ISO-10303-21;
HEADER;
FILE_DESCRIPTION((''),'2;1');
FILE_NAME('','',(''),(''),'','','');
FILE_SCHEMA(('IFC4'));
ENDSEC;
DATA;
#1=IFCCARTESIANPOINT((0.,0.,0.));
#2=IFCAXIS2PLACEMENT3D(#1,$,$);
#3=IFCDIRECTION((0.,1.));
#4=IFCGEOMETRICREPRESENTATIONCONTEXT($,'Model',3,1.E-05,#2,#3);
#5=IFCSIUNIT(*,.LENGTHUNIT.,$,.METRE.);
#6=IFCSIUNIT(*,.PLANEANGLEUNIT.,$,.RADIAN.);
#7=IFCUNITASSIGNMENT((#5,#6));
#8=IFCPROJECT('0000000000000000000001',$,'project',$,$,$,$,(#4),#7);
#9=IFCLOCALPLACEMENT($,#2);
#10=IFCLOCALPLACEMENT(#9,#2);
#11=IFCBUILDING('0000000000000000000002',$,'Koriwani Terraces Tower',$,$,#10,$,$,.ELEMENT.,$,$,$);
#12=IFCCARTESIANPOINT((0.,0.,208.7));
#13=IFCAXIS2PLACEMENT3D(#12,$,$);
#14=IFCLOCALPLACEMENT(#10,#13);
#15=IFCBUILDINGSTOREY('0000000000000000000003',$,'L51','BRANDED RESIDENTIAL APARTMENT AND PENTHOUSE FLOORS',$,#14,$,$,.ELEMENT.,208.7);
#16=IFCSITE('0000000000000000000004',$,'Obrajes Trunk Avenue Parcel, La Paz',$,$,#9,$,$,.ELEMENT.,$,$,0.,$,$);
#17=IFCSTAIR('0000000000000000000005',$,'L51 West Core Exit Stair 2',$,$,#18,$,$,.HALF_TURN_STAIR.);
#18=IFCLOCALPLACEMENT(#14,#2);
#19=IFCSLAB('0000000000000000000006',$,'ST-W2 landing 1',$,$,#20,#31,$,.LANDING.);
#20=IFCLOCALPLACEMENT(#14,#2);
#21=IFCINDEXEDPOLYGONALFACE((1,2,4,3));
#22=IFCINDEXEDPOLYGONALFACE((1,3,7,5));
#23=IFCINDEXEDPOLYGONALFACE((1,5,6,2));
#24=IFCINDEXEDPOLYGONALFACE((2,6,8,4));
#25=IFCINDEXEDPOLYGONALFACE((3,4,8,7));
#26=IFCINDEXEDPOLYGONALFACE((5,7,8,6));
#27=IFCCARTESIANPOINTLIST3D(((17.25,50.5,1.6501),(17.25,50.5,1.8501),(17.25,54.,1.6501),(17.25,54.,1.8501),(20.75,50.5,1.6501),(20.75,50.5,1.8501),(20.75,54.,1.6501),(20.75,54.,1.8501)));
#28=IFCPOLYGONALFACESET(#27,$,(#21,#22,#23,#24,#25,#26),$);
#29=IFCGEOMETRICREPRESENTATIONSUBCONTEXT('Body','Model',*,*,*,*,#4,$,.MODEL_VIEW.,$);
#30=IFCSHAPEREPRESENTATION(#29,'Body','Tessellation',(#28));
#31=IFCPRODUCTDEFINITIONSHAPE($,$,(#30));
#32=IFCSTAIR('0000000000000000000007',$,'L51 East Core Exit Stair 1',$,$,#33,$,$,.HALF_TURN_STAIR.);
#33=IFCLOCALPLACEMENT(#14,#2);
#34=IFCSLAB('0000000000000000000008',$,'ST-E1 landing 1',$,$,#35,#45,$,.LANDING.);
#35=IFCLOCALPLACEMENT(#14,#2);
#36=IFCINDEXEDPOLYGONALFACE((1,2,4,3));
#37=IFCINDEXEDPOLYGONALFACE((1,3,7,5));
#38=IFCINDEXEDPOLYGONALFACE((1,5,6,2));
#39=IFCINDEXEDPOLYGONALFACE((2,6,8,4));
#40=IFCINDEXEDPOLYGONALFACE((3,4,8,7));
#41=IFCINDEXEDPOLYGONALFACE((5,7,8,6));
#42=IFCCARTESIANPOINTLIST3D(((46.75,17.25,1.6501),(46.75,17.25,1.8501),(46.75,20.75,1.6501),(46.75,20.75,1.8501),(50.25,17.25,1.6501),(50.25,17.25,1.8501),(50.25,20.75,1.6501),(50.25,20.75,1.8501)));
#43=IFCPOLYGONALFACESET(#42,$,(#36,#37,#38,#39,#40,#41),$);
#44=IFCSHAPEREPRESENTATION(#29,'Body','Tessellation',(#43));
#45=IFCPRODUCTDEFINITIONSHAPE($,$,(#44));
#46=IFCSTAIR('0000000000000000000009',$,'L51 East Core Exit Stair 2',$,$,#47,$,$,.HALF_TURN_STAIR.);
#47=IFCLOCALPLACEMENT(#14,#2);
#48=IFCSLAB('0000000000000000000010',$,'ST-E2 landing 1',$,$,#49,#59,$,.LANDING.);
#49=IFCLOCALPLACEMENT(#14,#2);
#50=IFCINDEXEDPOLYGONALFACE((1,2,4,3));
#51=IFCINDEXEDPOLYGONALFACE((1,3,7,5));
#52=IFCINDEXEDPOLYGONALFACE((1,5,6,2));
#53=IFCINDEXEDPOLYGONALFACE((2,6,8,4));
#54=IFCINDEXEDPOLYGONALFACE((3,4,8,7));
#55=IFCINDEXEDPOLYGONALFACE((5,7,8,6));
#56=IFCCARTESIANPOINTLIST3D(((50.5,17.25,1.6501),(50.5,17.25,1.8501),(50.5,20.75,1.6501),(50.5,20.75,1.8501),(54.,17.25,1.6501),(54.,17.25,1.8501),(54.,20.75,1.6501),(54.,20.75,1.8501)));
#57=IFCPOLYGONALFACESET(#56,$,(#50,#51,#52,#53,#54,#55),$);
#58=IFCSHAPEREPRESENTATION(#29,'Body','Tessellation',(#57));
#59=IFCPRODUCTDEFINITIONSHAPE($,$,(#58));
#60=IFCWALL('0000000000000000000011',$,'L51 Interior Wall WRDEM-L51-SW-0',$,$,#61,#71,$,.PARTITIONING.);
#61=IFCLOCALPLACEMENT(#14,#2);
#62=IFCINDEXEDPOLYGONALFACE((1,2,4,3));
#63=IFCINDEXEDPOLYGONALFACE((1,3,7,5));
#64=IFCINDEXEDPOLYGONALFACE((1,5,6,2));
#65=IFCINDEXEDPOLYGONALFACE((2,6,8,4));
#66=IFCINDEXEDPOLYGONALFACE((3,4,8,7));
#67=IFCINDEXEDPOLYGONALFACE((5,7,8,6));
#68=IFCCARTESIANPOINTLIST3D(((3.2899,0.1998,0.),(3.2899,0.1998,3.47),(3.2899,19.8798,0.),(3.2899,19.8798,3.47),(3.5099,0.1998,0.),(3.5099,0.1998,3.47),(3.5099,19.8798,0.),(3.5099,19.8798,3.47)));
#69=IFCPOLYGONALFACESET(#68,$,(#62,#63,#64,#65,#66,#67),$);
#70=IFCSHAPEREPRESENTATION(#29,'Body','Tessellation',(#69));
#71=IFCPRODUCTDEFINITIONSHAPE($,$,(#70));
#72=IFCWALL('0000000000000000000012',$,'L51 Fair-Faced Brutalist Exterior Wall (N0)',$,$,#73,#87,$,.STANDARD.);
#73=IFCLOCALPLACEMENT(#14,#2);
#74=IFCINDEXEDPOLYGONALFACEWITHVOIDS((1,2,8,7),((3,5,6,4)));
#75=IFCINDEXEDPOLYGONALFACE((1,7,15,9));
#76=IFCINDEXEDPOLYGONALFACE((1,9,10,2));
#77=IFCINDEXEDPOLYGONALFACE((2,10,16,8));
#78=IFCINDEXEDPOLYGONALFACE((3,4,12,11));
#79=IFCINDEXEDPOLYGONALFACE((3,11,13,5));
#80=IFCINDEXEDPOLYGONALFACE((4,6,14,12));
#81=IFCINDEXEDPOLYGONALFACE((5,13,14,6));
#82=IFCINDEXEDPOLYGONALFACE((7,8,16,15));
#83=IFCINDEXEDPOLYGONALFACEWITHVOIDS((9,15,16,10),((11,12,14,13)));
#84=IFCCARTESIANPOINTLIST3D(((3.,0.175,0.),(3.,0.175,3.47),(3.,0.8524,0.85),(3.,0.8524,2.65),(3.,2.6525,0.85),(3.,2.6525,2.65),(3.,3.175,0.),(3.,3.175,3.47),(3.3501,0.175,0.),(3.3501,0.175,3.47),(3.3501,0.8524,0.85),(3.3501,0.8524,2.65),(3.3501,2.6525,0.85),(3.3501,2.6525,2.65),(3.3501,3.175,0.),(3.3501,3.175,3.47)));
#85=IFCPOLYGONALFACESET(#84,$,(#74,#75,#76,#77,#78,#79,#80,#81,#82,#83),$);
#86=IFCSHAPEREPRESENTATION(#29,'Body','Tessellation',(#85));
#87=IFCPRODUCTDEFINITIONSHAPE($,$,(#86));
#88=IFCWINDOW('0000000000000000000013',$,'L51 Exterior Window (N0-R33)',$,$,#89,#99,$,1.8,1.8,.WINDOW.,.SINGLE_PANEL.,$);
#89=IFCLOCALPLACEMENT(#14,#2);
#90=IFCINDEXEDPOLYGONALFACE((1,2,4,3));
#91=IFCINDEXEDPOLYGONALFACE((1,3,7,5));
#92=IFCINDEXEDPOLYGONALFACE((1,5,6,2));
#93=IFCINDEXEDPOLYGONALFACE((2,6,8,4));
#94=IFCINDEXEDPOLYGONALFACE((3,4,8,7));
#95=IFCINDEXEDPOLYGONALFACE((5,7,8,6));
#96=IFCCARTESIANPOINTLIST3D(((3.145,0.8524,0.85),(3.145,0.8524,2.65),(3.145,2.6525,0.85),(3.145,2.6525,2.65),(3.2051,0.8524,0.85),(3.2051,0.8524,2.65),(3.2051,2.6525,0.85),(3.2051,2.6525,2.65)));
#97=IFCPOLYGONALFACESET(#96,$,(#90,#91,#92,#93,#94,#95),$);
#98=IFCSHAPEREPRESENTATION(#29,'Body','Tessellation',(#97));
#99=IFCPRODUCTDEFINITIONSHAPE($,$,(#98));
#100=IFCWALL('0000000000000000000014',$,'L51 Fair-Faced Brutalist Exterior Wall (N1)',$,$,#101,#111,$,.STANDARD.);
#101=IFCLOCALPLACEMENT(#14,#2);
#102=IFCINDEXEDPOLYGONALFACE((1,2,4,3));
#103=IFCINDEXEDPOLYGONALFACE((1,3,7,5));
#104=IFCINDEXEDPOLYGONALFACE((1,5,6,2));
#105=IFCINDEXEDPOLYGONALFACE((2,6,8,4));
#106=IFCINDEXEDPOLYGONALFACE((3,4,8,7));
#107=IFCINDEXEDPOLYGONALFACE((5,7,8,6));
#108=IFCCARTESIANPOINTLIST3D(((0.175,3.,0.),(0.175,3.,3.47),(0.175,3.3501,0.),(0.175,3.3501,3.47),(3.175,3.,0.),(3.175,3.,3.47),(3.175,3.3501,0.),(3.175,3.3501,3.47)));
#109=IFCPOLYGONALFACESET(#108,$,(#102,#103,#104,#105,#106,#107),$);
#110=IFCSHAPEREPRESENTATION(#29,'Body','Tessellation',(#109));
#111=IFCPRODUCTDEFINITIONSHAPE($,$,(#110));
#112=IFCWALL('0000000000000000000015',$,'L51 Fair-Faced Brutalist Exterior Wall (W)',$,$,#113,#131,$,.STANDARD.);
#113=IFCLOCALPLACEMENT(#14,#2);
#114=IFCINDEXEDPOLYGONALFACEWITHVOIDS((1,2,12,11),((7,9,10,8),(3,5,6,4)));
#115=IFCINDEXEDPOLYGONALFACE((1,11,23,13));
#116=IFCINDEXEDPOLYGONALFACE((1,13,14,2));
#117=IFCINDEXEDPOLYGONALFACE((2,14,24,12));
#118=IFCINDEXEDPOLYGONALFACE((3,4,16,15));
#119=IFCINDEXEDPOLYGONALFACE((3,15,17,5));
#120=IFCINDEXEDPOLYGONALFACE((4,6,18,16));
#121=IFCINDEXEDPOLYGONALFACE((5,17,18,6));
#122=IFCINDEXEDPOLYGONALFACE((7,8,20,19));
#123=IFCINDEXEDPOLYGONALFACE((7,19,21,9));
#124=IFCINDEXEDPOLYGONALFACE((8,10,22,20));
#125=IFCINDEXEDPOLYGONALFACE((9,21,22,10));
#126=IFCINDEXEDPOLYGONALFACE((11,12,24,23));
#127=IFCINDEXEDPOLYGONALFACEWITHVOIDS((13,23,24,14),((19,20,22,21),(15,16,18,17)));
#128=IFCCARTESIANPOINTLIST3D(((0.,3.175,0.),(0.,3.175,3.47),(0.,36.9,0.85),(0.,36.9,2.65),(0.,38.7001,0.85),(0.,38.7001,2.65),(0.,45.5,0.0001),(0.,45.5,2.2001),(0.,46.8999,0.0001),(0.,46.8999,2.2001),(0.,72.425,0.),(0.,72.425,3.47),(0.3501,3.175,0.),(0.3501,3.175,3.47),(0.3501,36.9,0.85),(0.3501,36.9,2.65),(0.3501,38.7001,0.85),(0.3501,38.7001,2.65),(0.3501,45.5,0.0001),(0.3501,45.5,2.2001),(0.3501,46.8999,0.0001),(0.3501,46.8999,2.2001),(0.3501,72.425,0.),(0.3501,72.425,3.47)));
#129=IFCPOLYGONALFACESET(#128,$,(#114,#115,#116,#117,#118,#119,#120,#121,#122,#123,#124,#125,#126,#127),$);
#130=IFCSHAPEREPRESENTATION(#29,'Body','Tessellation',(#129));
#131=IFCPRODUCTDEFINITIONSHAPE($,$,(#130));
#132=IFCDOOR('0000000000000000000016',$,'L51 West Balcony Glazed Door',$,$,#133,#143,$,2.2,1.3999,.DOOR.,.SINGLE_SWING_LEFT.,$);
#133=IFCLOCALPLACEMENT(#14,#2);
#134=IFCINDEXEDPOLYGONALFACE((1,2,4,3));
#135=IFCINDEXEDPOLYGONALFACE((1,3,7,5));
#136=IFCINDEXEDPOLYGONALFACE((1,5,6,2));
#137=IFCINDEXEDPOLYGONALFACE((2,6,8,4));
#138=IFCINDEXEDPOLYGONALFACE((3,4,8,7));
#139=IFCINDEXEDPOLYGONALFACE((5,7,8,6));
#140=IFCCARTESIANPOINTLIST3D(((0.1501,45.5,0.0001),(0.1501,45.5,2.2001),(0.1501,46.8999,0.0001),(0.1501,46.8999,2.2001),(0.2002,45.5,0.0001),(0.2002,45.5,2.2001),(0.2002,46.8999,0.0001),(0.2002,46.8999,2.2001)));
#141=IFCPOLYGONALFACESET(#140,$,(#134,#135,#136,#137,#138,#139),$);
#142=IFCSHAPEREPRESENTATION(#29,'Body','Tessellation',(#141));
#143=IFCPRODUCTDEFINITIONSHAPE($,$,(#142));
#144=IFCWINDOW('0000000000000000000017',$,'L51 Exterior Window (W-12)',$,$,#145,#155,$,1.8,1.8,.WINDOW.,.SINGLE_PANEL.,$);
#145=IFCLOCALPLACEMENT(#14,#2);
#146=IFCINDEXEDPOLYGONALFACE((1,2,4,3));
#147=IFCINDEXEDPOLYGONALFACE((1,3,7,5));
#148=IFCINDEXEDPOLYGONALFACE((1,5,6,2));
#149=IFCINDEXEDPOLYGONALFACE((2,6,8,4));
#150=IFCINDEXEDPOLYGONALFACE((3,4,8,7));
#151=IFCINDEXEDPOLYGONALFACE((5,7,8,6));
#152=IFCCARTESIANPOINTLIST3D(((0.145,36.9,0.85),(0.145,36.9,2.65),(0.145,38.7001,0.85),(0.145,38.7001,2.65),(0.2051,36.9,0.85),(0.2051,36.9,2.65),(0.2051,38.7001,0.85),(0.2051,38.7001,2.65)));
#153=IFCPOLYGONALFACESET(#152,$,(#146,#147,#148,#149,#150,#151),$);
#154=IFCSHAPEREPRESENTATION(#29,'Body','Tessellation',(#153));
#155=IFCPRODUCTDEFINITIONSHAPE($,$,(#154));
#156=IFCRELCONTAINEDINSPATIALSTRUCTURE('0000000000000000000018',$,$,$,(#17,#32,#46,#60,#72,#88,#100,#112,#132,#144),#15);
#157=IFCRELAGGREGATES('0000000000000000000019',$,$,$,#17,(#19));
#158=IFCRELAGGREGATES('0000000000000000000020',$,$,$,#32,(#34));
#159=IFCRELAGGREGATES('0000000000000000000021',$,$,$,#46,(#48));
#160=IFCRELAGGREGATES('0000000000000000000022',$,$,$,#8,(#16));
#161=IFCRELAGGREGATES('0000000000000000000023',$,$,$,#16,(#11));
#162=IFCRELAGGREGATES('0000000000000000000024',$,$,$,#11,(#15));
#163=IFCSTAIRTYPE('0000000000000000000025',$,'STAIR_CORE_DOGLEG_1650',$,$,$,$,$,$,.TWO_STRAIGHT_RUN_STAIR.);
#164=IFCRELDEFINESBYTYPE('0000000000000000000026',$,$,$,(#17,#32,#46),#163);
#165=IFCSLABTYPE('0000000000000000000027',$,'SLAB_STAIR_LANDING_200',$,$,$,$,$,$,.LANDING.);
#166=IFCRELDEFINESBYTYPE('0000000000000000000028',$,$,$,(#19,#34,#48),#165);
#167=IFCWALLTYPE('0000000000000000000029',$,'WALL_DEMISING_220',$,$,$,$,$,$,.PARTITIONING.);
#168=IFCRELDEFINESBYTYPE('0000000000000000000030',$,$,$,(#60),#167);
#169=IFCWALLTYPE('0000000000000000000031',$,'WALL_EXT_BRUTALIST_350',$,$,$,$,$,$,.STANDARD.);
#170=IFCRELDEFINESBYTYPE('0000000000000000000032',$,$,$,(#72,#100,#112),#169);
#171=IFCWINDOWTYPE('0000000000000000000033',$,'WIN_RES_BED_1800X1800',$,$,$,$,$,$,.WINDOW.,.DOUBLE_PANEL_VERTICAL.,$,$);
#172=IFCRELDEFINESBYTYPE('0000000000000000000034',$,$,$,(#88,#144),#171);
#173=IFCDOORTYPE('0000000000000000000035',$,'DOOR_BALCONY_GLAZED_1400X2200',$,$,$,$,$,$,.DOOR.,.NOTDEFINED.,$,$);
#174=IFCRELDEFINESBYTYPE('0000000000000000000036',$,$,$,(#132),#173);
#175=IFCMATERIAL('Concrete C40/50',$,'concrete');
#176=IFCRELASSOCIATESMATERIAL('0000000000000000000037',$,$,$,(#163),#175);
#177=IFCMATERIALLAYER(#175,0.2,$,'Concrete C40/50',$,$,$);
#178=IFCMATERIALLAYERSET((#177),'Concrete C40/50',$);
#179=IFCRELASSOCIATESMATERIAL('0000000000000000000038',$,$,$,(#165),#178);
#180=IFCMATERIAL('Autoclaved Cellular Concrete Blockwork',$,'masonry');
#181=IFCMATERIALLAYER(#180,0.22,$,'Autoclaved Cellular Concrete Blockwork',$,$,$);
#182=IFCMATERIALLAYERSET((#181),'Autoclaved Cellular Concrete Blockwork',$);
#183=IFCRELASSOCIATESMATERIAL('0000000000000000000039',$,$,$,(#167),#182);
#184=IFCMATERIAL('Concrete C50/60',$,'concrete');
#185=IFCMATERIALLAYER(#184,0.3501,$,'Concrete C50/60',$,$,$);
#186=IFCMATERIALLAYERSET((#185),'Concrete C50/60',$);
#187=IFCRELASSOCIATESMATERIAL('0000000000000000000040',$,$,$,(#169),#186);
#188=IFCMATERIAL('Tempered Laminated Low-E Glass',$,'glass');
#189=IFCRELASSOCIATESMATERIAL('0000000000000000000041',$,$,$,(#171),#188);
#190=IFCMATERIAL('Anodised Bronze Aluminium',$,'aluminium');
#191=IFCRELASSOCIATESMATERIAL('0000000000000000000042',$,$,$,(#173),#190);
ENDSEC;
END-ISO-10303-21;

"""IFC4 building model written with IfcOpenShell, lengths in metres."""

from ifc_helpers import new_model, si_unit, direction, frame, frame_2d, origin, place, context, subcontext, project, spatial, polyline, rectangle, outline, extrude, material, layer, layer_set, type_object, element, fill, aggregate, save


model = new_model("IFC4")

# Units and contexts
model_context = context("Model", 3, precision=1e-05, world=origin(), true_north=direction((0.0, 1.0)))
body_context = subcontext(model_context, "Body", "Model", "MODEL_VIEW")
ifc_project = project(units=[si_unit("LENGTHUNIT", "METRE"), si_unit("PLANEANGLEUNIT", "RADIAN")], contexts=[model_context])

# Site, building, storey
site_placement = place(None, origin())
site = spatial("IfcSite", under=ifc_project, at=site_placement, Name="Obrajes Trunk Avenue Parcel, La Paz", CompositionType="ELEMENT", RefElevation=0.0)
building_placement = place(site_placement, origin())
building = spatial("IfcBuilding", under=site, at=building_placement, Name="Koriwani Terraces Tower", CompositionType="ELEMENT")
storey_placement = place(building_placement, frame((0.0, 0.0, 208.7)))
storey = spatial("IfcBuildingStorey", under=building, at=storey_placement, Name="L51", Description="BRANDED RESIDENTIAL APARTMENT AND PENTHOUSE FLOORS", CompositionType="ELEMENT", Elevation=208.7)

# Shared definitions
ifc_material_1 = material(Name="Concrete C50/60", Category="concrete")

# Shared definitions
ifc_material_2 = material(Name="Concrete C40/50", Category="concrete")

# Stairs, slabs
stair_type = type_object("IfcStairType", Name="STAIR_CORE_DOGLEG_1650", PredefinedType="TWO_STRAIGHT_RUN_STAIR", material=ifc_material_2)
ifc_layer_1 = layer(ifc_material_2, 0.2, Name="Concrete C40/50")
ifc_layer_set_1 = layer_set([ifc_layer_1], Name="Concrete C40/50")
slab_type_1 = type_object("IfcSlabType", Name="SLAB_STAIR_LANDING_200", PredefinedType="LANDING", material=ifc_layer_set_1)
stair_1_placement = place(storey_placement, origin())
stair_1 = element("IfcStair", 1, at=stair_1_placement, inside=storey, type_object=stair_type, Name="L51 West Core Exit Stair 2", PredefinedType="HALF_TURN_STAIR")
slab_1_placement = place(storey_placement, frame((0.0, 0.0, 1.6501)))
slab_1 = element("IfcSlab", 2, at=slab_1_placement, type_object=slab_type_1, Name="ST-W2 landing 1", PredefinedType="LANDING", context=body_context, shape_type="SweptSolid", body=[
    extrude(outline(polyline([(17.25, 54.0), (17.25, 50.5), (20.75, 50.5), (20.75, 54.0), (17.25, 54.0)])), origin(), (0.0, 0.0, 1.0), 0.2),
])
aggregate(stair_1, [slab_1])
stair_2_placement = place(storey_placement, origin())
stair_2 = element("IfcStair", 3, at=stair_2_placement, inside=storey, type_object=stair_type, Name="L51 East Core Exit Stair 1", PredefinedType="HALF_TURN_STAIR")
slab_2_placement = place(storey_placement, frame((0.0, 0.0, 1.6501)))
slab_2 = element("IfcSlab", 4, at=slab_2_placement, type_object=slab_type_1, Name="ST-E1 landing 1", PredefinedType="LANDING", context=body_context, shape_type="SweptSolid", body=[
    extrude(outline(polyline([(46.75, 17.25), (50.25, 17.25), (50.25, 20.75), (46.75, 20.75), (46.75, 17.25)])), origin(), (0.0, 0.0, 1.0), 0.2),
])
aggregate(stair_2, [slab_2])
stair_3_placement = place(storey_placement, origin())
stair_3 = element("IfcStair", 5, at=stair_3_placement, inside=storey, type_object=stair_type, Name="L51 East Core Exit Stair 2", PredefinedType="HALF_TURN_STAIR")
slab_3_placement = place(storey_placement, frame((0.0, 0.0, 1.6501)))
slab_3 = element("IfcSlab", 6, at=slab_3_placement, type_object=slab_type_1, Name="ST-E2 landing 1", PredefinedType="LANDING", context=body_context, shape_type="SweptSolid", body=[
    extrude(outline(polyline([(54.0, 20.75), (50.5, 20.75), (50.5, 17.25), (54.0, 17.25), (54.0, 20.75)])), origin(), (0.0, 0.0, 1.0), 0.2),
])
aggregate(stair_3, [slab_3])

# Wall
ifc_material_3 = material(Name="Autoclaved Cellular Concrete Blockwork", Category="masonry")
ifc_layer_2 = layer(ifc_material_3, 0.22, Name="Autoclaved Cellular Concrete Blockwork")
ifc_layer_set_2 = layer_set([ifc_layer_2], Name="Autoclaved Cellular Concrete Blockwork")
wall_type_1 = type_object("IfcWallType", Name="WALL_DEMISING_220", PredefinedType="PARTITIONING", material=ifc_layer_set_2)
wall_1_placement = place(storey_placement, frame((3.3999, 0.2, 0.0), z_axis=(0.0, 0.0, 1.0), x_axis=(0.0, 1.0, 0.0)))
element("IfcWall", 7, at=wall_1_placement, inside=storey, type_object=wall_type_1, Name="L51 Interior Wall WRDEM-L51-SW-0", PredefinedType="PARTITIONING", context=body_context, shape_type="SweptSolid", body=[
    extrude(rectangle(XDim=19.6799, YDim=0.22, at=frame_2d((9.8398, 0.0))), origin(), (0.0, 0.0, 1.0), 3.47),
])

# Wall, opening, window
ifc_layer_3 = layer(ifc_material_1, 0.3501, Name="Concrete C50/60")
ifc_layer_set_3 = layer_set([ifc_layer_3], Name="Concrete C50/60")
wall_type_2 = type_object("IfcWallType", Name="WALL_EXT_BRUTALIST_350", PredefinedType="STANDARD", material=ifc_layer_set_3)
wall_2_placement = place(storey_placement, frame((3.175, 0.175, 0.0), z_axis=(0.0, 0.0, 1.0), x_axis=(0.0, 1.0, 0.0)))
wall_2 = element("IfcWall", 8, at=wall_2_placement, inside=storey, type_object=wall_type_2, Name="L51 Fair-Faced Brutalist Exterior Wall (N0)", PredefinedType="STANDARD", context=body_context, shape_type="SweptSolid", body=[
    extrude(rectangle(XDim=3.0, YDim=0.3501, at=frame_2d((1.5, 0.0))), origin(), (0.0, 0.0, 1.0), 3.47),
])
opening_1_placement = place(wall_2_placement, frame((0.6775, 0.0, 0.8501)))
opening_1 = element("IfcOpeningElement", 9, at=opening_1_placement, cuts=wall_2, PredefinedType="OPENING", context=body_context, shape_type="SweptSolid", body=[
    extrude(rectangle(XDim=1.8, YDim=1.8, at=frame_2d((0.8999, 0.8999))), frame((0.0, 0.1851, 0.0), z_axis=(0.0, -1.0, 0.0), x_axis=(1.0, 0.0, 0.0)), (0.0, 0.0, 1.0), 0.3701),
])
ifc_material_4 = material(Name="Tempered Laminated Low-E Glass", Category="glass")
window_type = type_object("IfcWindowType", Name="WIN_RES_BED_1800X1800", PartitioningType="DOUBLE_PANEL_VERTICAL", PredefinedType="WINDOW", material=ifc_material_4)
window_1_placement = place(opening_1_placement, origin())
window_1 = element("IfcWindow", 10, at=window_1_placement, inside=storey, type_object=window_type, Name="L51 Exterior Window (N0-R33)", OverallHeight=1.8, OverallWidth=1.8, PartitioningType="SINGLE_PANEL", PredefinedType="WINDOW", context=body_context, shape_type="SweptSolid", body=[
    extrude(rectangle(XDim=1.8, YDim=1.8, at=frame_2d((0.8999, 0.8999))), frame((0.0, 0.03, 0.0), z_axis=(0.0, -1.0, 0.0), x_axis=(1.0, 0.0, 0.0)), (0.0, 0.0, 1.0), 0.0601),
])
fill(opening_1, window_1)

# Wall
wall_3_placement = place(storey_placement, frame((3.175, 3.175, 0.0), z_axis=(0.0, 0.0, 1.0), x_axis=(-1.0, 0.0, 0.0)))
element("IfcWall", 11, at=wall_3_placement, inside=storey, type_object=wall_type_2, Name="L51 Fair-Faced Brutalist Exterior Wall (N1)", PredefinedType="STANDARD", context=body_context, shape_type="SweptSolid", body=[
    extrude(rectangle(XDim=3.0, YDim=0.3501, at=frame_2d((1.5, 0.0))), origin(), (0.0, 0.0, 1.0), 3.47),
])

# Wall, openings, door, window
wall_4_placement = place(storey_placement, frame((0.175, 3.175, 0.0), z_axis=(0.0, 0.0, 1.0), x_axis=(0.0, 1.0, 0.0)))
wall_4 = element("IfcWall", 12, at=wall_4_placement, inside=storey, type_object=wall_type_2, Name="L51 Fair-Faced Brutalist Exterior Wall (W)", PredefinedType="STANDARD", context=body_context, shape_type="SweptSolid", body=[
    extrude(rectangle(XDim=69.25, YDim=0.3501, at=frame_2d((34.625, 0.0))), origin(), (0.0, 0.0, 1.0), 3.47),
])
opening_2_placement = place(wall_4_placement, frame((42.325, 0.0, 0.0)))
opening_2 = element("IfcOpeningElement", 13, at=opening_2_placement, cuts=wall_4, PredefinedType="OPENING", context=body_context, shape_type="SweptSolid", body=[
    extrude(rectangle(XDim=1.3999, YDim=2.2, at=frame_2d((0.7, 1.1001))), frame((0.0, 0.1851, 0.0), z_axis=(0.0, -1.0, 0.0), x_axis=(1.0, 0.0, 0.0)), (0.0, 0.0, 1.0), 0.3701),
])
opening_3_placement = place(wall_4_placement, frame((33.7251, 0.0, 0.8501)))
opening_3 = element("IfcOpeningElement", 14, at=opening_3_placement, cuts=wall_4, PredefinedType="OPENING", context=body_context, shape_type="SweptSolid", body=[
    extrude(rectangle(XDim=1.8, YDim=1.8, at=frame_2d((0.8999, 0.8999))), frame((0.0, 0.1851, 0.0), z_axis=(0.0, -1.0, 0.0), x_axis=(1.0, 0.0, 0.0)), (0.0, 0.0, 1.0), 0.3701),
])
ifc_material_5 = material(Name="Anodised Bronze Aluminium", Category="aluminium")
door_type_1 = type_object("IfcDoorType", Name="DOOR_BALCONY_GLAZED_1400X2200", OperationType="NOTDEFINED", PredefinedType="DOOR", material=ifc_material_5)
door_1_placement = place(opening_2_placement, origin())
door_1 = element("IfcDoor", 15, at=door_1_placement, inside=storey, type_object=door_type_1, Name="L51 West Balcony Glazed Door", OperationType="SINGLE_SWING_LEFT", OverallHeight=2.2, OverallWidth=1.3999, PredefinedType="DOOR", context=body_context, shape_type="SweptSolid", body=[
    extrude(rectangle(XDim=1.3999, YDim=2.2, at=frame_2d((0.7, 1.1001))), frame((0.0, 0.0249, 0.0), z_axis=(0.0, -1.0, 0.0), x_axis=(1.0, 0.0, 0.0)), (0.0, 0.0, 1.0), 0.05),
])
fill(opening_2, door_1)
window_2_placement = place(opening_3_placement, origin())
window_2 = element("IfcWindow", 16, at=window_2_placement, inside=storey, type_object=window_type, Name="L51 Exterior Window (W-12)", OverallHeight=1.8, OverallWidth=1.8, PartitioningType="SINGLE_PANEL", PredefinedType="WINDOW", context=body_context, shape_type="SweptSolid", body=[
    extrude(rectangle(XDim=1.8, YDim=1.8, at=frame_2d((0.8999, 0.8999))), frame((0.0, 0.03, 0.0), z_axis=(0.0, -1.0, 0.0), x_axis=(1.0, 0.0, 0.0)), (0.0, 0.0, 1.0), 0.0601),
])
fill(opening_3, window_2)

save(model, "model.ifc")
